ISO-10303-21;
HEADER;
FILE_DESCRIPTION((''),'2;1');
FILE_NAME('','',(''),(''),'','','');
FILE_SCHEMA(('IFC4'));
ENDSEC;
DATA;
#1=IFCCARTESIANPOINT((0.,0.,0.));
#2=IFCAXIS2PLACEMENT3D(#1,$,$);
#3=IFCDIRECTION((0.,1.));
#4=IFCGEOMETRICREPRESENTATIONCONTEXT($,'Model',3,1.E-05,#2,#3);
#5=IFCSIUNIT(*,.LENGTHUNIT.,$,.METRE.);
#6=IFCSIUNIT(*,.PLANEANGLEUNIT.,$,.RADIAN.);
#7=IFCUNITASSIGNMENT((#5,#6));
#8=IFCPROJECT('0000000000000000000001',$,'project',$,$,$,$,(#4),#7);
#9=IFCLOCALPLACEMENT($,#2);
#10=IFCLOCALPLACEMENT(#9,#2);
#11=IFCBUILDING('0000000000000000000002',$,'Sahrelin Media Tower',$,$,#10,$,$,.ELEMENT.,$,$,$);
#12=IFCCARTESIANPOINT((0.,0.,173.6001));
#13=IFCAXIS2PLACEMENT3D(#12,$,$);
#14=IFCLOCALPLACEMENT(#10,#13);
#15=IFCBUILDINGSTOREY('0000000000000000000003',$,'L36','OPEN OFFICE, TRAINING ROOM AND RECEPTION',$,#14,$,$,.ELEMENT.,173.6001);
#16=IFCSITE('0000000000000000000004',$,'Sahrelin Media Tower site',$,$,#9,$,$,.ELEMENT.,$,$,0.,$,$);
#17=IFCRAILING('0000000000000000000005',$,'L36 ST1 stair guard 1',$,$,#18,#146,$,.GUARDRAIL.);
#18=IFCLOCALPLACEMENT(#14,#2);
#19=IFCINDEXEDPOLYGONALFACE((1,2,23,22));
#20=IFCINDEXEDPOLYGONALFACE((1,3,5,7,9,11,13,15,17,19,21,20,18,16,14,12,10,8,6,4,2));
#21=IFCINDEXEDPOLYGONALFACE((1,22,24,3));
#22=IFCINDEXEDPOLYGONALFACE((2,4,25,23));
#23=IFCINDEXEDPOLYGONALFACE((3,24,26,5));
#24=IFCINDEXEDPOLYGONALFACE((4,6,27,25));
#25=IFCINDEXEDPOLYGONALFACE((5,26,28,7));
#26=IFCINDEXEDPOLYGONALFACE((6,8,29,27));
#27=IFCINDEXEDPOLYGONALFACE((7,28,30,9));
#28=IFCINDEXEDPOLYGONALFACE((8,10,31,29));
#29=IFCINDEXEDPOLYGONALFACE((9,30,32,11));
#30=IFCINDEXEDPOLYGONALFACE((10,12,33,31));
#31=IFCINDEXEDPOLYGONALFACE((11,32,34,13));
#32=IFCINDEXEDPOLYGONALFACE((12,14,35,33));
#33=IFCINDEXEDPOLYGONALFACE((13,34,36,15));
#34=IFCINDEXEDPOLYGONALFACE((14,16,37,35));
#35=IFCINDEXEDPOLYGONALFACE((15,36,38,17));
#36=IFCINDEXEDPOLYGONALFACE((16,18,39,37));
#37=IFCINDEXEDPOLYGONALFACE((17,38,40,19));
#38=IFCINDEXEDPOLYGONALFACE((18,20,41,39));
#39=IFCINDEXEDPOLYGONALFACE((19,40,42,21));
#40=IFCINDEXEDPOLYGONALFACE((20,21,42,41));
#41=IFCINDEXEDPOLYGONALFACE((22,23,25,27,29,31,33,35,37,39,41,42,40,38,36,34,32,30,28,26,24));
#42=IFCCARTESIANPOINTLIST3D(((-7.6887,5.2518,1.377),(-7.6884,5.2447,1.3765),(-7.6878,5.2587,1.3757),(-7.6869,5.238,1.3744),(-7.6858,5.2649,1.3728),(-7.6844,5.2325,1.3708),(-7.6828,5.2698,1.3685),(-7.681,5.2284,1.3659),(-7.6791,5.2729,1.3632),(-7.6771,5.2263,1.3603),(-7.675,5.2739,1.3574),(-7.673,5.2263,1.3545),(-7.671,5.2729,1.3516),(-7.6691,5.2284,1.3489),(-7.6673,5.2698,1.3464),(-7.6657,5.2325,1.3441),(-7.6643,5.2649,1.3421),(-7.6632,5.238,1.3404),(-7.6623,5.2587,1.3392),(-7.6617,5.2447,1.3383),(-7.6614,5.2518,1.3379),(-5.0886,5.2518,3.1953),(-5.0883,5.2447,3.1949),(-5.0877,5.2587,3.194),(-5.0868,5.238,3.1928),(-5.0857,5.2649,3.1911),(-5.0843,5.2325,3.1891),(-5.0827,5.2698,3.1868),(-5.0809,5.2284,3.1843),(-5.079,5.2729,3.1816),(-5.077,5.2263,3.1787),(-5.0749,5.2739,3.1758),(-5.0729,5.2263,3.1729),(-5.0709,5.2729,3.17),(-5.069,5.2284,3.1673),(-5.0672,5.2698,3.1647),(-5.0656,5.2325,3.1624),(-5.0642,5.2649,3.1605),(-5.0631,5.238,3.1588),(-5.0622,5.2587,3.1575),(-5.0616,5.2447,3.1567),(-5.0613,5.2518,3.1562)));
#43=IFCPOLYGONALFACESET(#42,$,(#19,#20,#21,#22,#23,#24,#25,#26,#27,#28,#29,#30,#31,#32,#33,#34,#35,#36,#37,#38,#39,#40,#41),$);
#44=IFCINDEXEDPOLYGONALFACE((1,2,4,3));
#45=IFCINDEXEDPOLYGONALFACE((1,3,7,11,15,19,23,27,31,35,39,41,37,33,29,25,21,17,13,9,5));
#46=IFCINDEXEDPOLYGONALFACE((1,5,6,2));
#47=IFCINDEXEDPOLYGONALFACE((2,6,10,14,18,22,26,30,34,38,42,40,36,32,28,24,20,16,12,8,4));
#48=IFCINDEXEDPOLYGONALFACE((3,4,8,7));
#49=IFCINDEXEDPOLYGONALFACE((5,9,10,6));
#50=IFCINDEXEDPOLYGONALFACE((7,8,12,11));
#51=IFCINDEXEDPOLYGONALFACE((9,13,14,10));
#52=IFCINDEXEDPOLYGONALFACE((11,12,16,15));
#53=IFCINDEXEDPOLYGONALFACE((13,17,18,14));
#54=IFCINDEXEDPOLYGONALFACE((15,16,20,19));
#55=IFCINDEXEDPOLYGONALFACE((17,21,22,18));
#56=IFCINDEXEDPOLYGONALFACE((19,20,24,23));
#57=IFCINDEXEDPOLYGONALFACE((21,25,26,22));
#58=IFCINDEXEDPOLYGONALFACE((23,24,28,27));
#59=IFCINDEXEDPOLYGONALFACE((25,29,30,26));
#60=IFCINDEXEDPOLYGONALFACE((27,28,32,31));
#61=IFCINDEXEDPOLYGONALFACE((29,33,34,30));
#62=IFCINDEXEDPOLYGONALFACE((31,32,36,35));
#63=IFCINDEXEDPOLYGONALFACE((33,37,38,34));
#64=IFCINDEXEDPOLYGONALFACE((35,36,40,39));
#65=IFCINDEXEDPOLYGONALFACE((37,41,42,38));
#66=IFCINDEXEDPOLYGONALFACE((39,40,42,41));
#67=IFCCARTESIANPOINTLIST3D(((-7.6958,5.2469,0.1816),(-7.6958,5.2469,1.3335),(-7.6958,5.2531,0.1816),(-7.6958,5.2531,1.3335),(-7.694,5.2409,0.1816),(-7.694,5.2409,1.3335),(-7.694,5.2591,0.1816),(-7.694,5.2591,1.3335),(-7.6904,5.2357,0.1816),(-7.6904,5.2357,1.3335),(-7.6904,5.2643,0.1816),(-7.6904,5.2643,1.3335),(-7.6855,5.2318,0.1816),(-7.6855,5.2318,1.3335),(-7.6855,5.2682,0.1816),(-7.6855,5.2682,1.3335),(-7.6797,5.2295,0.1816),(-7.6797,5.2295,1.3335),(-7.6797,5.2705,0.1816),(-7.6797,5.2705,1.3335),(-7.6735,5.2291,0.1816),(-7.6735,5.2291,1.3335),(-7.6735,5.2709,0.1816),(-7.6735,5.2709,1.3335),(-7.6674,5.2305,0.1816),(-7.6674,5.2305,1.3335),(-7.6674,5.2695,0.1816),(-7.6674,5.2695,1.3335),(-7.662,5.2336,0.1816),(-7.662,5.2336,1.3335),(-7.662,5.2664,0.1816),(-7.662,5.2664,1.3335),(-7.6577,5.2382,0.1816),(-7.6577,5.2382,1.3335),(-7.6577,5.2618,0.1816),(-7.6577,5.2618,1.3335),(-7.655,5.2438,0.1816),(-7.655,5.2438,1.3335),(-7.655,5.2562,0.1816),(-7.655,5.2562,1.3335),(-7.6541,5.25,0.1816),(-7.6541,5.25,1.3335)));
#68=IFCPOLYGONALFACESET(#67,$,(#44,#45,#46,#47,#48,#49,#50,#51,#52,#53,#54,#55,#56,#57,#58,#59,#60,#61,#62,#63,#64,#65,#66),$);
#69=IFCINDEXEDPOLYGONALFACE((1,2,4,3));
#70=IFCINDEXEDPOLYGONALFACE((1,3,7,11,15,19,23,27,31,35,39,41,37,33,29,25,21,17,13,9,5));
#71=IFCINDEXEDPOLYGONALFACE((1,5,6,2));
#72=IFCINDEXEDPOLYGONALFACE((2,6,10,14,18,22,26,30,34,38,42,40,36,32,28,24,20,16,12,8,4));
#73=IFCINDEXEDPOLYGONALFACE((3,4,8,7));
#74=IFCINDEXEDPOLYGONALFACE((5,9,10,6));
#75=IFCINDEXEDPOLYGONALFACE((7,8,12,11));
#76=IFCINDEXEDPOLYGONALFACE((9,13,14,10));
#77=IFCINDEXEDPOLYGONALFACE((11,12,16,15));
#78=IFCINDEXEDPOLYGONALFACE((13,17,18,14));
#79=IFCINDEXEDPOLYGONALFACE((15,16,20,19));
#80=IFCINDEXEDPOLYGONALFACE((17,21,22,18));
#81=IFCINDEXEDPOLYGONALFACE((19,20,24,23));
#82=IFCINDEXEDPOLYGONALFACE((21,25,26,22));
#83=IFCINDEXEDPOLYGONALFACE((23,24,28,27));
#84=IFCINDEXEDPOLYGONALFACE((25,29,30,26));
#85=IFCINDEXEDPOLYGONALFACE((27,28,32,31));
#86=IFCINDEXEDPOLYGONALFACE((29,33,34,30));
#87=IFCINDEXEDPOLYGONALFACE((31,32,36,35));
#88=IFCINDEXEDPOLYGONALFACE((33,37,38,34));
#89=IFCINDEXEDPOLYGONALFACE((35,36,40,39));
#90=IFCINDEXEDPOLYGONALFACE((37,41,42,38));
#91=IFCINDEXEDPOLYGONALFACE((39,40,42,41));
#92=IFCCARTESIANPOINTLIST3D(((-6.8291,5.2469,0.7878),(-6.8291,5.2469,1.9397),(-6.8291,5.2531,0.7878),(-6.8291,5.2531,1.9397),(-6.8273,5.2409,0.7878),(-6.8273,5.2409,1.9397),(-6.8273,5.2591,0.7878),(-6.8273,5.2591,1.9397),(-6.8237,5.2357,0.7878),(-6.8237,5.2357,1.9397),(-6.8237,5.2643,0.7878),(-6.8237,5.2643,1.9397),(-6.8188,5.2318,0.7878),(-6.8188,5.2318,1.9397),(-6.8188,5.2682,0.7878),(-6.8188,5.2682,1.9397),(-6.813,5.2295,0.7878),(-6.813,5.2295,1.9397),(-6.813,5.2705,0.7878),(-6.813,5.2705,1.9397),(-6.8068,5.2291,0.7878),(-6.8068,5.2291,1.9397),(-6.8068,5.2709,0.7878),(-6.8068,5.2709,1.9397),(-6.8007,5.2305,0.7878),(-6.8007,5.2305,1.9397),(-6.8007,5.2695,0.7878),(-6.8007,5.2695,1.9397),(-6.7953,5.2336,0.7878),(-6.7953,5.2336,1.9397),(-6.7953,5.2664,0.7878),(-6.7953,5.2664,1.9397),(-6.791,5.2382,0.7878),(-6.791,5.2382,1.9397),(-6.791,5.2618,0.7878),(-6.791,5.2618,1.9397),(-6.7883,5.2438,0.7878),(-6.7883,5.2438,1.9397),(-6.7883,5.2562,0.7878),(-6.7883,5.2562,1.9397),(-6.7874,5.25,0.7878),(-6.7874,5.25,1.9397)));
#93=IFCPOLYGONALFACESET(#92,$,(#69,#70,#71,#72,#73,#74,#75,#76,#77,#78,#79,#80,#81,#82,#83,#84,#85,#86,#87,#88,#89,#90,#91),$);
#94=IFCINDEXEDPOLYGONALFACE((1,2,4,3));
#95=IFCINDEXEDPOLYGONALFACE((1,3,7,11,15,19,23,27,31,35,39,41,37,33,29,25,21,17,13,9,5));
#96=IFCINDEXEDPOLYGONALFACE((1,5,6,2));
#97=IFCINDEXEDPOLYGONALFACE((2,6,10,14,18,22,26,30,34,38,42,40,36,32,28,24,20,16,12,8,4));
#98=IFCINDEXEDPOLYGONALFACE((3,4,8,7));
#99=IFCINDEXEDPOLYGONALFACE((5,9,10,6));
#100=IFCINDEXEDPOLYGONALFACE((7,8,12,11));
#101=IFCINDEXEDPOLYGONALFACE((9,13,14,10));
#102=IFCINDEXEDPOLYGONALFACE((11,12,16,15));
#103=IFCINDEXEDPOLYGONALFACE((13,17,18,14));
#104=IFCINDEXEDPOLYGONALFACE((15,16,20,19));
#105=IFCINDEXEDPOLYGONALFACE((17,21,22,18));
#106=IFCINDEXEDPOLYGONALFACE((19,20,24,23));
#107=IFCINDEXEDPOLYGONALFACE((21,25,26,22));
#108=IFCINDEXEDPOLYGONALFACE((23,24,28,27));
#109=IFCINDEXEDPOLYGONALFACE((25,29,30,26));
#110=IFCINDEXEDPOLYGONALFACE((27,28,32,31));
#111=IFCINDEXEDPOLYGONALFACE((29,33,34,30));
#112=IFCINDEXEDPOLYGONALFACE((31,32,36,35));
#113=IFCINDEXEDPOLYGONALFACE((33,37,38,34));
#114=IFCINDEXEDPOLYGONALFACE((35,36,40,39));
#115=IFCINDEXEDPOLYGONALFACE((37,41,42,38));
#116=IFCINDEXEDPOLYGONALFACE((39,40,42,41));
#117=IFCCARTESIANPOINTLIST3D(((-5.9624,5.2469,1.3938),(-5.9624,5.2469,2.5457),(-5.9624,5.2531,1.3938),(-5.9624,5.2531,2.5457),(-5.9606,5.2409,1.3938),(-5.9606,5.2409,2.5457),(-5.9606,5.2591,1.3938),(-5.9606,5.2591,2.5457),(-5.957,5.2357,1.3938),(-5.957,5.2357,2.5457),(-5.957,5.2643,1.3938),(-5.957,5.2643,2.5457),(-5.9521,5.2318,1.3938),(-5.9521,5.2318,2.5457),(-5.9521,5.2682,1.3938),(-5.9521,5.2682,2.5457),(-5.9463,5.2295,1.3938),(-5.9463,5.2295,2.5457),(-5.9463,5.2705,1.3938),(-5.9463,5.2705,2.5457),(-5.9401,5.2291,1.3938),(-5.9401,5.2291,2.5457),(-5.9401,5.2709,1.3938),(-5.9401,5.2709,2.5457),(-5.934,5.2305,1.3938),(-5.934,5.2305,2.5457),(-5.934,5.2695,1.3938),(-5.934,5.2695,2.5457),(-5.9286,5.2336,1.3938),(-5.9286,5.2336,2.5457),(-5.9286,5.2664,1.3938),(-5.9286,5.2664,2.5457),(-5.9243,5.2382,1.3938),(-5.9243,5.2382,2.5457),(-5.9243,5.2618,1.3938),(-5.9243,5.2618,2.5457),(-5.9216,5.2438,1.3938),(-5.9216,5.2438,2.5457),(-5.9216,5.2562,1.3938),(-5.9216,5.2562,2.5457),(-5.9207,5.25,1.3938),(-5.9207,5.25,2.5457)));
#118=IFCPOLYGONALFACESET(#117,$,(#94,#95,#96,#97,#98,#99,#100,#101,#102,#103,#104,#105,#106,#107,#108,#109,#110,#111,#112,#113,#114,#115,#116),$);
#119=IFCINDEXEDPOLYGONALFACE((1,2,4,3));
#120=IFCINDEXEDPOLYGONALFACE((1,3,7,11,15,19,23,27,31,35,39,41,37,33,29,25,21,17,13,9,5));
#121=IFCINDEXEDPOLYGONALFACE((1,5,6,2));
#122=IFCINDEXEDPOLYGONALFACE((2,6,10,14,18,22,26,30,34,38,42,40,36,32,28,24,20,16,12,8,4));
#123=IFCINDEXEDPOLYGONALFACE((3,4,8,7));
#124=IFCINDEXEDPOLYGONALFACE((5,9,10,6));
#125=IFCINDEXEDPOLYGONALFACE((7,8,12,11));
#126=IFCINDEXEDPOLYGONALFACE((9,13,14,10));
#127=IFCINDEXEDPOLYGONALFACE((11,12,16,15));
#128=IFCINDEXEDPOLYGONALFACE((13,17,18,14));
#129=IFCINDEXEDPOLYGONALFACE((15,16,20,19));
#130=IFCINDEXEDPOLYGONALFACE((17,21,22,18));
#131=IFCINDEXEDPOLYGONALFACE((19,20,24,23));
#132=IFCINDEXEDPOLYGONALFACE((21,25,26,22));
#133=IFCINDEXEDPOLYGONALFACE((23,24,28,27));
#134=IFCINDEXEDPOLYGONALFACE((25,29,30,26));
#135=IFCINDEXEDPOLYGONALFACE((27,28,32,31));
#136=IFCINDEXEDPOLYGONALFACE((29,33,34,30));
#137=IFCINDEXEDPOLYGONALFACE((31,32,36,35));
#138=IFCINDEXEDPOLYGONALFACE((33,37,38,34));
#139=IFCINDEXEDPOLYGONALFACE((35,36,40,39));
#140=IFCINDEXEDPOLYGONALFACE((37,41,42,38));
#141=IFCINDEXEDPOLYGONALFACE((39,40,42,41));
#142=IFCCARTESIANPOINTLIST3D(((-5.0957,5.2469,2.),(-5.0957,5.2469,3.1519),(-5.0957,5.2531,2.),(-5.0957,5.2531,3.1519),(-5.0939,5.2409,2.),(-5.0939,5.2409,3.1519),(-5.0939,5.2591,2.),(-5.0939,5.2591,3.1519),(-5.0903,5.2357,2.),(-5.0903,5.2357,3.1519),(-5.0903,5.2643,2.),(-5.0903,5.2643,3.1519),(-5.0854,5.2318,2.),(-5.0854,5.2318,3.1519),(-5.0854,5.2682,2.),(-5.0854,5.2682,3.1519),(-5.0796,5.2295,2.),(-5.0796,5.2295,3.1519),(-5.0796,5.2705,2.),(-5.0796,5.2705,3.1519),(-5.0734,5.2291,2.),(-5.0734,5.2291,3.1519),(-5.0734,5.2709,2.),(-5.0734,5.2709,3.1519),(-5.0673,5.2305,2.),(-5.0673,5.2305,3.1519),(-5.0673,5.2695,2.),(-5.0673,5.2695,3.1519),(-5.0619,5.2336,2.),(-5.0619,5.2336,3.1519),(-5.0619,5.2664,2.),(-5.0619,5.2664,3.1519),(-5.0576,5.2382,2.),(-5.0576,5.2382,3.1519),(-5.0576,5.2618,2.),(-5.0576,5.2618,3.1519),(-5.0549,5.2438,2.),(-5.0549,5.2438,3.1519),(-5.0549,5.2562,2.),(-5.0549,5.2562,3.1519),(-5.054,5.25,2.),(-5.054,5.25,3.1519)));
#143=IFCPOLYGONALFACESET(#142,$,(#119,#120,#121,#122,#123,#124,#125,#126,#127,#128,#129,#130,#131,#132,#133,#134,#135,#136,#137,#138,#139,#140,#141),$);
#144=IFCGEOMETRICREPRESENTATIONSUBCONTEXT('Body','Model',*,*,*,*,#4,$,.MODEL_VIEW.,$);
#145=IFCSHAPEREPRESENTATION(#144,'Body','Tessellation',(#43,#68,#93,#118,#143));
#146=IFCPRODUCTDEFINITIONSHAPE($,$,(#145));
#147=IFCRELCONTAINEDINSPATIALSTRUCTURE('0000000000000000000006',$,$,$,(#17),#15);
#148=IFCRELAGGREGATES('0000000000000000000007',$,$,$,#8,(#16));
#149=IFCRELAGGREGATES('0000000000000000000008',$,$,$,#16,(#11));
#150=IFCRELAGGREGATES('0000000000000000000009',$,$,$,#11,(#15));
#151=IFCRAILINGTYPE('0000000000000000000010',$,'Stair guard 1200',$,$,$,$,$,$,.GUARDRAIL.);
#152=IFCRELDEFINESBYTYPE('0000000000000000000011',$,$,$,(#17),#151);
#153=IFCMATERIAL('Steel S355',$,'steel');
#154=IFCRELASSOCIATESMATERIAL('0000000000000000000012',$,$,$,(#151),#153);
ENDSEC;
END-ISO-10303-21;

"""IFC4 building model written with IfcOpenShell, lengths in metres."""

from ifc_helpers import new_model, si_unit, direction, frame, origin, origin_2d, place, context, subcontext, project, spatial, circle, extrude, material, type_object, element, save


model = new_model("IFC4")

# Units and contexts
model_context = context("Model", 3, precision=1e-05, world=origin(), true_north=direction((0.0, 1.0)))
body_context = subcontext(model_context, "Body", "Model", "MODEL_VIEW")
ifc_project = project(units=[si_unit("LENGTHUNIT", "METRE"), si_unit("PLANEANGLEUNIT", "RADIAN")], contexts=[model_context])

# Site, building, storey
site_placement = place(None, origin())
site = spatial("IfcSite", under=ifc_project, at=site_placement, Name="Sahrelin Media Tower site", CompositionType="ELEMENT", RefElevation=0.0)
building_placement = place(site_placement, origin())
building = spatial("IfcBuilding", under=site, at=building_placement, Name="Sahrelin Media Tower", CompositionType="ELEMENT")
storey_placement = place(building_placement, frame((0.0, 0.0, 173.6001)))
storey = spatial("IfcBuildingStorey", under=building, at=storey_placement, Name="L36", Description="OPEN OFFICE, TRAINING ROOM AND RECEPTION", CompositionType="ELEMENT", Elevation=173.6001)

# Railing
ifc_material_1 = material(Name="Steel S355", Category="steel")
railing_type_1 = type_object("IfcRailingType", Name="Stair guard 1200", PredefinedType="GUARDRAIL", material=ifc_material_1)
railing_1_placement = place(storey_placement, frame((-7.675, 5.25, 0.1816)))
element("IfcRailing", 1, at=railing_1_placement, inside=storey, type_object=railing_type_1, Name="L36 ST1 stair guard 1", PredefinedType="GUARDRAIL", context=body_context, shape_type="SweptSolid", body=[
    extrude(circle(Radius=0.0239, at=origin_2d()), frame((0.0, 0.0, 1.1758), z_axis=(0.819485, 0.0, 0.573101), x_axis=(0.0, 1.0, 0.0)), (0.0, 0.0, 1.0), 3.1729),
    extrude(circle(Radius=0.021, at=origin_2d()), origin(), (0.0, 0.0, 1.0), 1.1519),
    extrude(circle(Radius=0.021, at=origin_2d()), frame((0.8667, 0.0, 0.6062)), (0.0, 0.0, 1.0), 1.1519),
    extrude(circle(Radius=0.021, at=origin_2d()), frame((1.7334, 0.0, 1.2122)), (0.0, 0.0, 1.0), 1.1519),
    extrude(circle(Radius=0.021, at=origin_2d()), frame((2.6001, 0.0, 1.8184)), (0.0, 0.0, 1.0), 1.1519),
])

save(model, "model.ifc")
